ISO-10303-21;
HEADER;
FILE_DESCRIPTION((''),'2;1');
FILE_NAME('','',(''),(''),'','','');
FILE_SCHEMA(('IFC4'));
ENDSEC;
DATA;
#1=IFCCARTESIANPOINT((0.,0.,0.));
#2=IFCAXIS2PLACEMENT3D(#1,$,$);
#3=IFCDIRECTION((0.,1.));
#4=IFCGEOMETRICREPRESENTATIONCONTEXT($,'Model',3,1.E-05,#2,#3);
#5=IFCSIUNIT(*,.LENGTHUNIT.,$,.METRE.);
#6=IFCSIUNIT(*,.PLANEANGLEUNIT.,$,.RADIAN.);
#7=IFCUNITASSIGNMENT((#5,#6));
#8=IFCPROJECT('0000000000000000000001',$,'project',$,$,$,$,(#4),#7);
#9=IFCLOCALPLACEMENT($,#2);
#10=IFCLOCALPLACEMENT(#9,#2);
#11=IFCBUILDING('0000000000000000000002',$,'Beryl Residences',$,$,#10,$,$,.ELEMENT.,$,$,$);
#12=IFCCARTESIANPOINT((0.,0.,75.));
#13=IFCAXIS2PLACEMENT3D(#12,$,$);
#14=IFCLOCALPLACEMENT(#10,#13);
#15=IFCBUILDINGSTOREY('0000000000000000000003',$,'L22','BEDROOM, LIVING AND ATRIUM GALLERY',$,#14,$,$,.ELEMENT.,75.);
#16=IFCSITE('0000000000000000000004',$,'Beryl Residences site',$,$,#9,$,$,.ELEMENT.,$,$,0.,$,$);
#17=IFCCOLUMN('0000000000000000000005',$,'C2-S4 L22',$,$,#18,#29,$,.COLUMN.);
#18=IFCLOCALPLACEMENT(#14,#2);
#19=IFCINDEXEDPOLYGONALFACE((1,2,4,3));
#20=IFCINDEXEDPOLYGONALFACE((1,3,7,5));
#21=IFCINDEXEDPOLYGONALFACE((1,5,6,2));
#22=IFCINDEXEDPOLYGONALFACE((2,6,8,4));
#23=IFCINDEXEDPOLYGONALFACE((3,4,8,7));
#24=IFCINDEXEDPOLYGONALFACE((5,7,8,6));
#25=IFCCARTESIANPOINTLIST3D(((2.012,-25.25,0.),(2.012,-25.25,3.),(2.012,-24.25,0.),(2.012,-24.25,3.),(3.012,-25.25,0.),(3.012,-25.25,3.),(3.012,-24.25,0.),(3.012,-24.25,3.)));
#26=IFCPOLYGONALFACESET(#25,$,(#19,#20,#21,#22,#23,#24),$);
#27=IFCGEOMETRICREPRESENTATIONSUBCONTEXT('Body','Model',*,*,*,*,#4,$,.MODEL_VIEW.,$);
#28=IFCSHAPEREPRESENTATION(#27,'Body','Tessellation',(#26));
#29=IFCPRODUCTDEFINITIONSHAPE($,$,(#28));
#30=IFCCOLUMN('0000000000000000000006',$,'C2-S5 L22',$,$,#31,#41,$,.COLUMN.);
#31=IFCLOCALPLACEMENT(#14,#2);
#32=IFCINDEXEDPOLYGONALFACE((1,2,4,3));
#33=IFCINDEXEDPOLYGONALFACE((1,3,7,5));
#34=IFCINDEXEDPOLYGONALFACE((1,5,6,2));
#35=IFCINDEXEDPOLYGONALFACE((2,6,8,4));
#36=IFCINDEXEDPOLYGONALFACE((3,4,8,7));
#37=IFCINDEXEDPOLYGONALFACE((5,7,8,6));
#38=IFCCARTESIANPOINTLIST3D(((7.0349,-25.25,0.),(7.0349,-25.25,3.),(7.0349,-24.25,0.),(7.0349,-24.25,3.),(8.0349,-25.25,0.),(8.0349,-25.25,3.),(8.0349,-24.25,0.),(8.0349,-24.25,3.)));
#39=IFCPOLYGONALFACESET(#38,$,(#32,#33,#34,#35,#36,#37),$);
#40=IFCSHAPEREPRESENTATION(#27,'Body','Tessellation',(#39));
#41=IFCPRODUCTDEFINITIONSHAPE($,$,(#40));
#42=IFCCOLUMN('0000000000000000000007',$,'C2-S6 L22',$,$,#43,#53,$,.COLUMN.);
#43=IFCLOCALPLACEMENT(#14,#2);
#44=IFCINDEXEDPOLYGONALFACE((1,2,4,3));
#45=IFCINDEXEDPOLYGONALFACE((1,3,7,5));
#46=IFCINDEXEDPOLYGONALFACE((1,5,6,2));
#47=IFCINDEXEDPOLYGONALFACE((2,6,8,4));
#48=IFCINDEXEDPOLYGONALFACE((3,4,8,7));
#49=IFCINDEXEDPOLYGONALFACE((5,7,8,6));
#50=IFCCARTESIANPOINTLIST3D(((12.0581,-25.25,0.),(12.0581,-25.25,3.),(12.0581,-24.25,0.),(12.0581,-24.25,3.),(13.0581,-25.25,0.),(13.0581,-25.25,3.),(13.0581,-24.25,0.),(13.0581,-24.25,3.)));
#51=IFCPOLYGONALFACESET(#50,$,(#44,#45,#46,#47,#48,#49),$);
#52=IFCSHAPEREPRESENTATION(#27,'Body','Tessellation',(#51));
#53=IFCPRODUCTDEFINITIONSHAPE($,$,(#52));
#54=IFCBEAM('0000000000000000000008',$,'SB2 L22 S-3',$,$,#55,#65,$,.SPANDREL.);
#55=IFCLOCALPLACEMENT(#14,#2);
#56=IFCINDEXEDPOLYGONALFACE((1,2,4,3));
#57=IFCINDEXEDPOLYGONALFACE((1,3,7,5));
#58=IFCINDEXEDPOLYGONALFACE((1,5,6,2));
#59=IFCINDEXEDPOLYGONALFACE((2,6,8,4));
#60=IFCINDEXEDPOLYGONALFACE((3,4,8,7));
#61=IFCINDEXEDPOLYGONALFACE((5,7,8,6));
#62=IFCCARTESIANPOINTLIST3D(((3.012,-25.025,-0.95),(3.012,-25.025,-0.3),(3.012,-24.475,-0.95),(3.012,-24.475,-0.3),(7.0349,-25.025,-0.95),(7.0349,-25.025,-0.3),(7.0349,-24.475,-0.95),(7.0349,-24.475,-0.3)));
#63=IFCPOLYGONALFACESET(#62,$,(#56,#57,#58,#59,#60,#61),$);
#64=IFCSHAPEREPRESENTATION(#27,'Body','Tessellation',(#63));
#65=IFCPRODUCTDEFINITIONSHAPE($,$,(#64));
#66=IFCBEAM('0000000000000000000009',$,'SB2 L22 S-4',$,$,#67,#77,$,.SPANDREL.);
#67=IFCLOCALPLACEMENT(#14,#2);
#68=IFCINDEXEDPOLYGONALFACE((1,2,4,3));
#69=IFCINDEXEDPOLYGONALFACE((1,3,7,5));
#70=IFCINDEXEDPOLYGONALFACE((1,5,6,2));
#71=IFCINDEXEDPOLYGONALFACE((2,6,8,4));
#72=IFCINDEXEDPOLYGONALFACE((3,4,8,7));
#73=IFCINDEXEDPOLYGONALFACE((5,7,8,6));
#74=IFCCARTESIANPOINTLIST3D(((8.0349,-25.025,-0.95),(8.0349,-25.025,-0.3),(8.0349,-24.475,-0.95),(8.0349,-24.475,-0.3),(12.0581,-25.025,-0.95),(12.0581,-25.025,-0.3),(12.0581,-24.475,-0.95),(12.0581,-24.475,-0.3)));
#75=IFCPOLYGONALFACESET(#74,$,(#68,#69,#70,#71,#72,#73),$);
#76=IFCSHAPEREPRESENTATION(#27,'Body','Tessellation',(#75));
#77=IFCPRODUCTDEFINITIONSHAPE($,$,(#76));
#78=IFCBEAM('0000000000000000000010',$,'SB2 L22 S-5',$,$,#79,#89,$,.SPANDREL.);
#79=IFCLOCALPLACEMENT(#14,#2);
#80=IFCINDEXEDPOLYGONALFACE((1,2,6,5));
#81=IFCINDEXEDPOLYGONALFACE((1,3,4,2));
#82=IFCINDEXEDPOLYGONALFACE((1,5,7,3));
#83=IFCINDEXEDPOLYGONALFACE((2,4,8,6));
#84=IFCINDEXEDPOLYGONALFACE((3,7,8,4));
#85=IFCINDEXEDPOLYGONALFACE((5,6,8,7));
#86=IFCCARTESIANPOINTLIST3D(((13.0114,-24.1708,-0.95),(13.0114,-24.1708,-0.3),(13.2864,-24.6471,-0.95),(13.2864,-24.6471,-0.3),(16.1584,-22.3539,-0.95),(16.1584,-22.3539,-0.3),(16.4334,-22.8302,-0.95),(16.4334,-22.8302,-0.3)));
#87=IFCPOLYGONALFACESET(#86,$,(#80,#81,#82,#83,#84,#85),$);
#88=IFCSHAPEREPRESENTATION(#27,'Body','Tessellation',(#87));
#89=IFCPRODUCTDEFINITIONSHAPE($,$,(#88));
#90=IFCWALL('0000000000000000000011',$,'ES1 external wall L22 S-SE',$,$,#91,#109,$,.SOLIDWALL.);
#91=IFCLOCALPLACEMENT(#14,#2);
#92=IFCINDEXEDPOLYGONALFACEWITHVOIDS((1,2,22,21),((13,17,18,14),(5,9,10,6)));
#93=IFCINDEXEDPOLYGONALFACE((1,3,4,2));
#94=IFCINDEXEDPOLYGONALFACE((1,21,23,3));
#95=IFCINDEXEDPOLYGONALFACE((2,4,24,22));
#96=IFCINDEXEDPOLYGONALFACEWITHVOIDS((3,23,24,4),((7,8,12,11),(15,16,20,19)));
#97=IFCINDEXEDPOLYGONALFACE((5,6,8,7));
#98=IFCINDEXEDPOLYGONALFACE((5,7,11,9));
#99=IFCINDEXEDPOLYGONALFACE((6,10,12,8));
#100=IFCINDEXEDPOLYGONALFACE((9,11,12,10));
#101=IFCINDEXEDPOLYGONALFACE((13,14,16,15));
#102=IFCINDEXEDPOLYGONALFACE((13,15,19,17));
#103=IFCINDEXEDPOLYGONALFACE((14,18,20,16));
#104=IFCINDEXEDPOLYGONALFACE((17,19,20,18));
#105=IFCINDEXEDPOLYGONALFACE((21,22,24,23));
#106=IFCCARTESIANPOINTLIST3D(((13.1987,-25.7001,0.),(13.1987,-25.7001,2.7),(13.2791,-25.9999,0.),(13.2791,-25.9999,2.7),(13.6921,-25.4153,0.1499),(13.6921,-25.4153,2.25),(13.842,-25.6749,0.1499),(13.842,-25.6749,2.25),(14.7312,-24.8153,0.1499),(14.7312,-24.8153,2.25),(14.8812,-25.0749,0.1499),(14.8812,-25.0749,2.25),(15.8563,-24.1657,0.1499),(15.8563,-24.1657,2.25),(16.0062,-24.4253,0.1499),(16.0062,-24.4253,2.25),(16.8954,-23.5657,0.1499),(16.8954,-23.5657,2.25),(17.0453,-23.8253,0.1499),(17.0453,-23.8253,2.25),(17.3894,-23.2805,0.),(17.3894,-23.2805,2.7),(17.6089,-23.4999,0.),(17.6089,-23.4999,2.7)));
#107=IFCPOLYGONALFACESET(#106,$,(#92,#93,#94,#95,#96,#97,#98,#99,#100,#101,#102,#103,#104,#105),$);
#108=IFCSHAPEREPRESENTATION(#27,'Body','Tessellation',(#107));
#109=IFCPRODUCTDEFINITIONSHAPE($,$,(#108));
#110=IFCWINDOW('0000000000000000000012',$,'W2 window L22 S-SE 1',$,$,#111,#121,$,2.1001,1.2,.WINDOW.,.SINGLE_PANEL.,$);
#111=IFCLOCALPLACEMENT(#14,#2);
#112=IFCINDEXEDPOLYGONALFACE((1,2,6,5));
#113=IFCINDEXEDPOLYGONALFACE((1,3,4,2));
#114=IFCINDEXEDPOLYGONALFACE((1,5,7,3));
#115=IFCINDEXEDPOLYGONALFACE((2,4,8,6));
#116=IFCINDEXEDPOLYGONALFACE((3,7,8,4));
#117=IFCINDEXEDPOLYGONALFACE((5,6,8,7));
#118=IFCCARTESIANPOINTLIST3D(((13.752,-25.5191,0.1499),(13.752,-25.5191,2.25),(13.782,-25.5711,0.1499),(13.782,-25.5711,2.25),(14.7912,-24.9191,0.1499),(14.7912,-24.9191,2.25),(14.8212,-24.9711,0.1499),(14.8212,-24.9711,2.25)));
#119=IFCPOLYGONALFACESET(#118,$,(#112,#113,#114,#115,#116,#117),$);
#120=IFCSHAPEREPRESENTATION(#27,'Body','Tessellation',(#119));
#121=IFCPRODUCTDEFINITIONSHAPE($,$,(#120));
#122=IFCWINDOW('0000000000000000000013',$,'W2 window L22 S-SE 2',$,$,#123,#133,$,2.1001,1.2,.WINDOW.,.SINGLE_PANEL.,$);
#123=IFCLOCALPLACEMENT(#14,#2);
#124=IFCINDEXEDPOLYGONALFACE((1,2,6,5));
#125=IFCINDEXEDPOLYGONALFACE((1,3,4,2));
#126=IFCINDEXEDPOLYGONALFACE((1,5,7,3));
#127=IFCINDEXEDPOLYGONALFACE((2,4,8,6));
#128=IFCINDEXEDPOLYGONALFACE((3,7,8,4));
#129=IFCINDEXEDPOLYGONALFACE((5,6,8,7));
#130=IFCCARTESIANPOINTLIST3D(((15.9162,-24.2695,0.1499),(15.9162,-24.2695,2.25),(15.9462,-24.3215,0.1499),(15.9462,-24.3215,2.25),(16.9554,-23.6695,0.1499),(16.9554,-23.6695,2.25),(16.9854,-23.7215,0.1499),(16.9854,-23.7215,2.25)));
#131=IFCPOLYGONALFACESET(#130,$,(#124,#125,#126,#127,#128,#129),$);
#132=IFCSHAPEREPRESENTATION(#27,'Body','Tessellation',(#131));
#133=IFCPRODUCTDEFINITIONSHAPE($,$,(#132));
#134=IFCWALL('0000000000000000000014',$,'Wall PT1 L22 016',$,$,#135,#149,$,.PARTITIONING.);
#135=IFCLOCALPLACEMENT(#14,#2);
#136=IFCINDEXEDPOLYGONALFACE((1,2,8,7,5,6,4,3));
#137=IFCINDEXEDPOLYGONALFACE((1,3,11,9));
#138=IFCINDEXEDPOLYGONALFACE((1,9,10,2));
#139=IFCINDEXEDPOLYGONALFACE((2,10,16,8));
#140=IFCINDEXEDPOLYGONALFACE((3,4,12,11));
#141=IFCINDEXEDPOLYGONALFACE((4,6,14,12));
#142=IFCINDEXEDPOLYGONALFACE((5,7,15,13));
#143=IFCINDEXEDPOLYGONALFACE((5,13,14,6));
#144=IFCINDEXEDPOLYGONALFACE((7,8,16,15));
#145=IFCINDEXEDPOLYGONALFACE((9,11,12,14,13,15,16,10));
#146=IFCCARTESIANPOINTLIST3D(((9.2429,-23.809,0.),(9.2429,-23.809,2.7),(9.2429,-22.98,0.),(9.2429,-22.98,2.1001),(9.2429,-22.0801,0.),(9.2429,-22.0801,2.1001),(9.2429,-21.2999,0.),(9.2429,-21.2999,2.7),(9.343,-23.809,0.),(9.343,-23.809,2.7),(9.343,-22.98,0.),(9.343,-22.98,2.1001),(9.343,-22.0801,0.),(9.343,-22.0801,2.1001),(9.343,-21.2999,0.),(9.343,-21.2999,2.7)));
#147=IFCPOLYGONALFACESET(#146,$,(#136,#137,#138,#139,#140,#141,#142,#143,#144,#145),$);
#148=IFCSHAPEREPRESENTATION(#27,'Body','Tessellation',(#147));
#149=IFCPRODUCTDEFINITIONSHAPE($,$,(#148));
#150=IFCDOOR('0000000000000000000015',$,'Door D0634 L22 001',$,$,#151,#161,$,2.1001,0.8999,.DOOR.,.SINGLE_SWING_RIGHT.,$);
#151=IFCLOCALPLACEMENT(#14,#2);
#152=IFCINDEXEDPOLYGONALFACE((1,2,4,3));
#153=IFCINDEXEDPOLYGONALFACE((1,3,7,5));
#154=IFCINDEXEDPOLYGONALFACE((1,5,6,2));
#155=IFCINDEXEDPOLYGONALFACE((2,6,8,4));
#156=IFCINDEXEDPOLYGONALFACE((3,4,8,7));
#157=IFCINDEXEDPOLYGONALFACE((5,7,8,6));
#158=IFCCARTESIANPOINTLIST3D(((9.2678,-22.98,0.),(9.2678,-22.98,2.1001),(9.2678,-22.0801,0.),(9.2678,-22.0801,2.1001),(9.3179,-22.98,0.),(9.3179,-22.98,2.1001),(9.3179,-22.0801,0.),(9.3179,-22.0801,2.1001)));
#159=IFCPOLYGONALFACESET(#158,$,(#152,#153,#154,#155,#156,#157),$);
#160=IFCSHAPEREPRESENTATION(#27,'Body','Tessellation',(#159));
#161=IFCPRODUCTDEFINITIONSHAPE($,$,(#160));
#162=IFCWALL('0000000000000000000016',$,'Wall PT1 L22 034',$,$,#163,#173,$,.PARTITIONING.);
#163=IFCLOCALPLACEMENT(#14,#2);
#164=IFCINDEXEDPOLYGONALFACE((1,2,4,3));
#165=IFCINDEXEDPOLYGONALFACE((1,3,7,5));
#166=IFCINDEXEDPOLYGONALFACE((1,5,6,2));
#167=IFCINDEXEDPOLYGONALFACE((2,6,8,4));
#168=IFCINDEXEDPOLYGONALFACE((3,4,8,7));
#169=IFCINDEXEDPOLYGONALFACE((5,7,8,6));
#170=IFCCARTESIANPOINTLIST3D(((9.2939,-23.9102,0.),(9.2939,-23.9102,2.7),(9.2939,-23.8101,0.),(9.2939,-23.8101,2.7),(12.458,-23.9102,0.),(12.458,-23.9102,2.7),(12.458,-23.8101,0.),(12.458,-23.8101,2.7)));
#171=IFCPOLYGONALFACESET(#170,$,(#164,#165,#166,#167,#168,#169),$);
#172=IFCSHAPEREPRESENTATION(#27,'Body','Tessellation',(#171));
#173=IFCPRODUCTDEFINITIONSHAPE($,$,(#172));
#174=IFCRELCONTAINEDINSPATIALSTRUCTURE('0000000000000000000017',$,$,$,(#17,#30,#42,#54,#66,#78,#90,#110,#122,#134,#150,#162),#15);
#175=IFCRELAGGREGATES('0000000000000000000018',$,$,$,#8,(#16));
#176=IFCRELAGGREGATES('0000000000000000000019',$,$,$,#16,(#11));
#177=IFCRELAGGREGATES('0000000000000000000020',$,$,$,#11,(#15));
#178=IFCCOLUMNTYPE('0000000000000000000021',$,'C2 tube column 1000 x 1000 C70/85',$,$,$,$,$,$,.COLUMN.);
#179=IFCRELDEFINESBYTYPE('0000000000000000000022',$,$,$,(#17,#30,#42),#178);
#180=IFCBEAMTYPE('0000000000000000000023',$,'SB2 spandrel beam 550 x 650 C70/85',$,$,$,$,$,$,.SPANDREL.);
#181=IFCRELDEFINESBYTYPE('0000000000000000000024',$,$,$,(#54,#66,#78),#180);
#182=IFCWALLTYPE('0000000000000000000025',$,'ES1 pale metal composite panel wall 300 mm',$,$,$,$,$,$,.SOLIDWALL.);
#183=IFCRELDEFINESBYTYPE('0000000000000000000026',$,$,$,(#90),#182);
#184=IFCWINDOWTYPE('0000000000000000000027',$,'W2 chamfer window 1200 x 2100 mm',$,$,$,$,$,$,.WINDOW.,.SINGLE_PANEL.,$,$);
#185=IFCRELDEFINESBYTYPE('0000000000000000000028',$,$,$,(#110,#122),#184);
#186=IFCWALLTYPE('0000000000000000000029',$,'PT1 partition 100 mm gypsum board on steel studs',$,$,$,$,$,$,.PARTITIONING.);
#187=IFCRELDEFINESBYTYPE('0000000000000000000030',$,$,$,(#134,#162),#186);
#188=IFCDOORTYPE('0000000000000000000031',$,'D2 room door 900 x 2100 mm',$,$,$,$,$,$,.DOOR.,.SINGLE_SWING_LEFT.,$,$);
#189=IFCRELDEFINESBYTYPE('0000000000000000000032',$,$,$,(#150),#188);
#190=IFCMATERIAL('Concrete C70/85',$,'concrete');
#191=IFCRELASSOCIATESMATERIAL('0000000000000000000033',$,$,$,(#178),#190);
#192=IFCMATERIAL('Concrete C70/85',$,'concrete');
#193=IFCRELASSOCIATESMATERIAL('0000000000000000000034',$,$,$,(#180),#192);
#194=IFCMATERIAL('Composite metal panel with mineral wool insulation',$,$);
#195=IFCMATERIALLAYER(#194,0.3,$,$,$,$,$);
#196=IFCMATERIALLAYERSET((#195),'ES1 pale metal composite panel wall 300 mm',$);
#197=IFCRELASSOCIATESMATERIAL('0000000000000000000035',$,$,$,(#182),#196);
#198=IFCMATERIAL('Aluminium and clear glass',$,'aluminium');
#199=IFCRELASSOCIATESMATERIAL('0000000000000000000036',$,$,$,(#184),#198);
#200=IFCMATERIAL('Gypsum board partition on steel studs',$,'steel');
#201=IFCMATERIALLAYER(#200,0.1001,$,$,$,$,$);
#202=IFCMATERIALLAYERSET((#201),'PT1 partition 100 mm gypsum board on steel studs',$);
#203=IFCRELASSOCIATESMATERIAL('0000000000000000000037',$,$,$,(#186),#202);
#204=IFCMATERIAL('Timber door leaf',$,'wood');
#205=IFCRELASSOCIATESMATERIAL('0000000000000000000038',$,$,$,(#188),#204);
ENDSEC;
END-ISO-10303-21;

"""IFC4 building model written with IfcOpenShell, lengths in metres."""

from ifc_helpers import new_model, si_unit, direction, frame, frame_2d, origin, origin_2d, place, context, subcontext, project, spatial, polyline, rectangle, outline, extrude, material, layer, layer_set, material_profile, profile_set, type_object, element, fill, save


model = new_model("IFC4")

# Units and contexts
model_context = context("Model", 3, precision=1e-05, world=origin(), true_north=direction((0.0, 1.0)))
body_context = subcontext(model_context, "Body", "Model", "MODEL_VIEW")
ifc_project = project(units=[si_unit("LENGTHUNIT", "METRE"), si_unit("PLANEANGLEUNIT", "RADIAN")], contexts=[model_context])

# Site, building, storey
site_placement = place(None, origin())
site = spatial("IfcSite", under=ifc_project, at=site_placement, Name="Beryl Residences site", CompositionType="ELEMENT", RefElevation=0.0)
building_placement = place(site_placement, origin())
building = spatial("IfcBuilding", under=site, at=building_placement, Name="Beryl Residences", CompositionType="ELEMENT")
storey_placement = place(building_placement, frame((0.0, 0.0, 75.0)))
storey = spatial("IfcBuildingStorey", under=building, at=storey_placement, Name="L22", Description="BEDROOM, LIVING AND ATRIUM GALLERY", CompositionType="ELEMENT", Elevation=75.0)

# Columns
ifc_material_1 = material(Name="Concrete C70/85", Category="concrete")
ifc_material_profile_1 = material_profile(ifc_material_1, rectangle(XDim=1.0, YDim=1.0, at=origin_2d()))
ifc_profile_set_1 = profile_set([ifc_material_profile_1], Name="Concrete C70/85")
column_type = type_object("IfcColumnType", Name="C2 tube column 1000 x 1000 C70/85", PredefinedType="COLUMN", material=ifc_profile_set_1)
for number, where, z_axis, x_axis, name in (
    (1, (2.512, -24.75, 0.0), (0.0, 0.0, 1.0), (1.0, 0.0, 0.0), "C2-S4 L22"),
    (2, (7.5349, -24.75, 0.0), (0.0, 0.0, 1.0), (1.0, 0.0, 0.0), "C2-S5 L22"),
    (3, (12.5581, -24.75, 0.0), (0.0, 0.0, 1.0), (1.0, 0.0, 0.0), "C2-S6 L22"),
):
    element("IfcColumn", number, at=place(storey_placement, frame(where, z_axis=z_axis, x_axis=x_axis)), inside=storey, type_object=column_type, Name=name, PredefinedType="COLUMN", context=body_context, shape_type="SweptSolid", body=[
        extrude(rectangle(XDim=1.0, YDim=1.0, at=origin_2d()), origin(), (0.0, 0.0, 1.0), 3.0),
    ])

# Beams
ifc_material_2 = material(Name="Concrete C70/85", Category="concrete")
ifc_material_profile_2 = material_profile(ifc_material_2, rectangle(XDim=0.55, YDim=0.6499, at=origin_2d()))
ifc_profile_set_2 = profile_set([ifc_material_profile_2], Name="Concrete C70/85")
beam_type = type_object("IfcBeamType", Name="SB2 spandrel beam 550 x 650 C70/85", PredefinedType="SPANDREL", material=ifc_profile_set_2)
beam_1_placement = place(storey_placement, frame((3.012, -24.75, -0.625), z_axis=(1.0, 0.0, 0.0), x_axis=(0.0, 1.0, 0.0)))
element("IfcBeam", 4, at=beam_1_placement, inside=storey, type_object=beam_type, Name="SB2 L22 S-3", PredefinedType="SPANDREL", context=body_context, shape_type="SweptSolid", body=[
    extrude(rectangle(XDim=0.55, YDim=0.6499, at=origin_2d()), origin(), (0.0, 0.0, 1.0), 4.0229),
])
beam_2_placement = place(storey_placement, frame((8.0349, -24.75, -0.625), z_axis=(1.0, 0.0, 0.0), x_axis=(0.0, 1.0, 0.0)))
element("IfcBeam", 5, at=beam_2_placement, inside=storey, type_object=beam_type, Name="SB2 L22 S-4", PredefinedType="SPANDREL", context=body_context, shape_type="SweptSolid", body=[
    extrude(rectangle(XDim=0.55, YDim=0.6499, at=origin_2d()), origin(), (0.0, 0.0, 1.0), 4.0232),
])
beam_3_placement = place(storey_placement, frame((13.1489, -24.4089, -0.625), z_axis=(0.866027, 0.499998, 0.0), x_axis=(-0.499998, 0.866027, 0.0)))
element("IfcBeam", 6, at=beam_3_placement, inside=storey, type_object=beam_type, Name="SB2 L22 S-5", PredefinedType="SPANDREL", context=body_context, shape_type="SweptSolid", body=[
    extrude(rectangle(XDim=0.55, YDim=0.6499, at=origin_2d()), origin(), (0.0, 0.0, 1.0), 3.6338),
])

# Wall, openings, windows
ifc_material_3 = material(Name="Composite metal panel with mineral wool insulation")
ifc_layer_1 = layer(ifc_material_3, 0.3)
ifc_layer_set_1 = layer_set([ifc_layer_1], Name="ES1 pale metal composite panel wall 300 mm")
wall_type_1 = type_object("IfcWallType", Name="ES1 pale metal composite panel wall 300 mm", PredefinedType="SOLIDWALL", material=ifc_layer_set_1)
wall_1_placement = place(storey_placement, frame((13.2041, -25.8701, 0.0), z_axis=(0.0, 0.0, 1.0), x_axis=(0.866011, 0.500025, 0.0)))
wall_1 = element("IfcWall", 7, at=wall_1_placement, inside=storey, type_object=wall_type_1, Name="ES1 external wall L22 S-SE", PredefinedType="SOLIDWALL", context=body_context, shape_type="SweptSolid", body=[
    extrude(outline(polyline([(0.0, -0.1499), (4.9998, -0.1499), (4.9194, 0.1499), (0.0803, 0.1499), (0.0, -0.1499)])), origin(), (0.0, 0.0, 1.0), 2.7),
])
opening_1_placement = place(wall_1_placement, frame((0.6499, 0.0, 0.1499)))
opening_1 = element("IfcOpeningElement", 8, at=opening_1_placement, cuts=wall_1, PredefinedType="OPENING", context=body_context, shape_type="SweptSolid", body=[
    extrude(rectangle(XDim=1.2, YDim=2.1001, at=frame_2d((0.6001, 1.05))), frame((0.0, 0.1599, 0.0), z_axis=(0.0, -1.0, 0.0), x_axis=(1.0, 0.0, 0.0)), (0.0, 0.0, 1.0), 0.3201),
])
opening_2_placement = place(wall_1_placement, frame((3.1489, 0.0, 0.1499)))
opening_2 = element("IfcOpeningElement", 9, at=opening_2_placement, cuts=wall_1, PredefinedType="OPENING", context=body_context, shape_type="SweptSolid", body=[
    extrude(rectangle(XDim=1.2, YDim=2.1001, at=frame_2d((0.6001, 1.05))), frame((0.0, 0.1599, 0.0), z_axis=(0.0, -1.0, 0.0), x_axis=(1.0, 0.0, 0.0)), (0.0, 0.0, 1.0), 0.3201),
])
ifc_material_4 = material(Name="Aluminium and clear glass", Category="aluminium")
window_type = type_object("IfcWindowType", Name="W2 chamfer window 1200 x 2100 mm", PartitioningType="SINGLE_PANEL", PredefinedType="WINDOW", material=ifc_material_4)
window_1_placement = place(opening_1_placement, origin())
window_1 = element("IfcWindow", 10, at=window_1_placement, inside=storey, type_object=window_type, Name="W2 window L22 S-SE 1", OverallHeight=2.1001, OverallWidth=1.2, PartitioningType="SINGLE_PANEL", PredefinedType="WINDOW", context=body_context, shape_type="SweptSolid", body=[
    extrude(rectangle(XDim=1.2, YDim=2.1001, at=frame_2d((0.6001, 1.05))), frame((0.0, 0.03, 0.0), z_axis=(0.0, -1.0, 0.0), x_axis=(1.0, 0.0, 0.0)), (0.0, 0.0, 1.0), 0.0601),
])
fill(opening_1, window_1)
window_2_placement = place(opening_2_placement, origin())
window_2 = element("IfcWindow", 11, at=window_2_placement, inside=storey, type_object=window_type, Name="W2 window L22 S-SE 2", OverallHeight=2.1001, OverallWidth=1.2, PartitioningType="SINGLE_PANEL", PredefinedType="WINDOW", context=body_context, shape_type="SweptSolid", body=[
    extrude(rectangle(XDim=1.2, YDim=2.1001, at=frame_2d((0.6001, 1.05))), frame((0.0, 0.03, 0.0), z_axis=(0.0, -1.0, 0.0), x_axis=(1.0, 0.0, 0.0)), (0.0, 0.0, 1.0), 0.0601),
])
fill(opening_2, window_2)

# Wall, opening, door
ifc_material_5 = material(Name="Gypsum board partition on steel studs", Category="steel")
ifc_layer_2 = layer(ifc_material_5, 0.1001)
ifc_layer_set_2 = layer_set([ifc_layer_2], Name="PT1 partition 100 mm gypsum board on steel studs")
wall_type_2 = type_object("IfcWallType", Name="PT1 partition 100 mm gypsum board on steel studs", PredefinedType="PARTITIONING", material=ifc_layer_set_2)
wall_2_placement = place(storey_placement, frame((9.293, -21.3, 0.0), z_axis=(0.0, 0.0, 1.0), x_axis=(0.0, -1.0, 0.0)))
wall_2 = element("IfcWall", 12, at=wall_2_placement, inside=storey, type_object=wall_type_2, Name="Wall PT1 L22 016", PredefinedType="PARTITIONING", context=body_context, shape_type="SweptSolid", body=[
    extrude(rectangle(XDim=2.509, YDim=0.1001, at=frame_2d((1.2544, 0.0))), origin(), (0.0, 0.0, 1.0), 2.7),
])
opening_3_placement = place(wall_2_placement, frame((0.78, 0.0, 0.0)))
opening_3 = element("IfcOpeningElement", 13, at=opening_3_placement, cuts=wall_2, PredefinedType="OPENING", context=body_context, shape_type="SweptSolid", body=[
    extrude(rectangle(XDim=0.8999, YDim=2.1001, at=frame_2d((0.45, 1.05))), frame((0.0, 0.0601, 0.0), z_axis=(0.0, -1.0, 0.0), x_axis=(1.0, 0.0, 0.0)), (0.0, 0.0, 1.0), 0.1201),
])
ifc_material_6 = material(Name="Timber door leaf", Category="wood")
door_type_1 = type_object("IfcDoorType", Name="D2 room door 900 x 2100 mm", OperationType="SINGLE_SWING_LEFT", PredefinedType="DOOR", material=ifc_material_6)
door_1_placement = place(opening_3_placement, origin())
door_1 = element("IfcDoor", 14, at=door_1_placement, inside=storey, type_object=door_type_1, Name="Door D0634 L22 001", OperationType="SINGLE_SWING_RIGHT", OverallHeight=2.1001, OverallWidth=0.8999, PredefinedType="DOOR", context=body_context, shape_type="SweptSolid", body=[
    extrude(rectangle(XDim=0.8999, YDim=2.1001, at=frame_2d((0.45, 1.05))), frame((0.0, 0.0249, 0.0), z_axis=(0.0, -1.0, 0.0), x_axis=(1.0, 0.0, 0.0)), (0.0, 0.0, 1.0), 0.05),
])
fill(opening_3, door_1)

# Wall
wall_3_placement = place(storey_placement, frame((9.2939, -23.8601, 0.0), z_axis=(0.0, 0.0, 1.0), x_axis=(1.0, 0.0, 0.0)))
element("IfcWall", 15, at=wall_3_placement, inside=storey, type_object=wall_type_2, Name="Wall PT1 L22 034", PredefinedType="PARTITIONING", context=body_context, shape_type="SweptSolid", body=[
    extrude(rectangle(XDim=3.1641, YDim=0.1001, at=frame_2d((1.582, 0.0))), origin(), (0.0, 0.0, 1.0), 2.7),
])

save(model, "model.ifc")
